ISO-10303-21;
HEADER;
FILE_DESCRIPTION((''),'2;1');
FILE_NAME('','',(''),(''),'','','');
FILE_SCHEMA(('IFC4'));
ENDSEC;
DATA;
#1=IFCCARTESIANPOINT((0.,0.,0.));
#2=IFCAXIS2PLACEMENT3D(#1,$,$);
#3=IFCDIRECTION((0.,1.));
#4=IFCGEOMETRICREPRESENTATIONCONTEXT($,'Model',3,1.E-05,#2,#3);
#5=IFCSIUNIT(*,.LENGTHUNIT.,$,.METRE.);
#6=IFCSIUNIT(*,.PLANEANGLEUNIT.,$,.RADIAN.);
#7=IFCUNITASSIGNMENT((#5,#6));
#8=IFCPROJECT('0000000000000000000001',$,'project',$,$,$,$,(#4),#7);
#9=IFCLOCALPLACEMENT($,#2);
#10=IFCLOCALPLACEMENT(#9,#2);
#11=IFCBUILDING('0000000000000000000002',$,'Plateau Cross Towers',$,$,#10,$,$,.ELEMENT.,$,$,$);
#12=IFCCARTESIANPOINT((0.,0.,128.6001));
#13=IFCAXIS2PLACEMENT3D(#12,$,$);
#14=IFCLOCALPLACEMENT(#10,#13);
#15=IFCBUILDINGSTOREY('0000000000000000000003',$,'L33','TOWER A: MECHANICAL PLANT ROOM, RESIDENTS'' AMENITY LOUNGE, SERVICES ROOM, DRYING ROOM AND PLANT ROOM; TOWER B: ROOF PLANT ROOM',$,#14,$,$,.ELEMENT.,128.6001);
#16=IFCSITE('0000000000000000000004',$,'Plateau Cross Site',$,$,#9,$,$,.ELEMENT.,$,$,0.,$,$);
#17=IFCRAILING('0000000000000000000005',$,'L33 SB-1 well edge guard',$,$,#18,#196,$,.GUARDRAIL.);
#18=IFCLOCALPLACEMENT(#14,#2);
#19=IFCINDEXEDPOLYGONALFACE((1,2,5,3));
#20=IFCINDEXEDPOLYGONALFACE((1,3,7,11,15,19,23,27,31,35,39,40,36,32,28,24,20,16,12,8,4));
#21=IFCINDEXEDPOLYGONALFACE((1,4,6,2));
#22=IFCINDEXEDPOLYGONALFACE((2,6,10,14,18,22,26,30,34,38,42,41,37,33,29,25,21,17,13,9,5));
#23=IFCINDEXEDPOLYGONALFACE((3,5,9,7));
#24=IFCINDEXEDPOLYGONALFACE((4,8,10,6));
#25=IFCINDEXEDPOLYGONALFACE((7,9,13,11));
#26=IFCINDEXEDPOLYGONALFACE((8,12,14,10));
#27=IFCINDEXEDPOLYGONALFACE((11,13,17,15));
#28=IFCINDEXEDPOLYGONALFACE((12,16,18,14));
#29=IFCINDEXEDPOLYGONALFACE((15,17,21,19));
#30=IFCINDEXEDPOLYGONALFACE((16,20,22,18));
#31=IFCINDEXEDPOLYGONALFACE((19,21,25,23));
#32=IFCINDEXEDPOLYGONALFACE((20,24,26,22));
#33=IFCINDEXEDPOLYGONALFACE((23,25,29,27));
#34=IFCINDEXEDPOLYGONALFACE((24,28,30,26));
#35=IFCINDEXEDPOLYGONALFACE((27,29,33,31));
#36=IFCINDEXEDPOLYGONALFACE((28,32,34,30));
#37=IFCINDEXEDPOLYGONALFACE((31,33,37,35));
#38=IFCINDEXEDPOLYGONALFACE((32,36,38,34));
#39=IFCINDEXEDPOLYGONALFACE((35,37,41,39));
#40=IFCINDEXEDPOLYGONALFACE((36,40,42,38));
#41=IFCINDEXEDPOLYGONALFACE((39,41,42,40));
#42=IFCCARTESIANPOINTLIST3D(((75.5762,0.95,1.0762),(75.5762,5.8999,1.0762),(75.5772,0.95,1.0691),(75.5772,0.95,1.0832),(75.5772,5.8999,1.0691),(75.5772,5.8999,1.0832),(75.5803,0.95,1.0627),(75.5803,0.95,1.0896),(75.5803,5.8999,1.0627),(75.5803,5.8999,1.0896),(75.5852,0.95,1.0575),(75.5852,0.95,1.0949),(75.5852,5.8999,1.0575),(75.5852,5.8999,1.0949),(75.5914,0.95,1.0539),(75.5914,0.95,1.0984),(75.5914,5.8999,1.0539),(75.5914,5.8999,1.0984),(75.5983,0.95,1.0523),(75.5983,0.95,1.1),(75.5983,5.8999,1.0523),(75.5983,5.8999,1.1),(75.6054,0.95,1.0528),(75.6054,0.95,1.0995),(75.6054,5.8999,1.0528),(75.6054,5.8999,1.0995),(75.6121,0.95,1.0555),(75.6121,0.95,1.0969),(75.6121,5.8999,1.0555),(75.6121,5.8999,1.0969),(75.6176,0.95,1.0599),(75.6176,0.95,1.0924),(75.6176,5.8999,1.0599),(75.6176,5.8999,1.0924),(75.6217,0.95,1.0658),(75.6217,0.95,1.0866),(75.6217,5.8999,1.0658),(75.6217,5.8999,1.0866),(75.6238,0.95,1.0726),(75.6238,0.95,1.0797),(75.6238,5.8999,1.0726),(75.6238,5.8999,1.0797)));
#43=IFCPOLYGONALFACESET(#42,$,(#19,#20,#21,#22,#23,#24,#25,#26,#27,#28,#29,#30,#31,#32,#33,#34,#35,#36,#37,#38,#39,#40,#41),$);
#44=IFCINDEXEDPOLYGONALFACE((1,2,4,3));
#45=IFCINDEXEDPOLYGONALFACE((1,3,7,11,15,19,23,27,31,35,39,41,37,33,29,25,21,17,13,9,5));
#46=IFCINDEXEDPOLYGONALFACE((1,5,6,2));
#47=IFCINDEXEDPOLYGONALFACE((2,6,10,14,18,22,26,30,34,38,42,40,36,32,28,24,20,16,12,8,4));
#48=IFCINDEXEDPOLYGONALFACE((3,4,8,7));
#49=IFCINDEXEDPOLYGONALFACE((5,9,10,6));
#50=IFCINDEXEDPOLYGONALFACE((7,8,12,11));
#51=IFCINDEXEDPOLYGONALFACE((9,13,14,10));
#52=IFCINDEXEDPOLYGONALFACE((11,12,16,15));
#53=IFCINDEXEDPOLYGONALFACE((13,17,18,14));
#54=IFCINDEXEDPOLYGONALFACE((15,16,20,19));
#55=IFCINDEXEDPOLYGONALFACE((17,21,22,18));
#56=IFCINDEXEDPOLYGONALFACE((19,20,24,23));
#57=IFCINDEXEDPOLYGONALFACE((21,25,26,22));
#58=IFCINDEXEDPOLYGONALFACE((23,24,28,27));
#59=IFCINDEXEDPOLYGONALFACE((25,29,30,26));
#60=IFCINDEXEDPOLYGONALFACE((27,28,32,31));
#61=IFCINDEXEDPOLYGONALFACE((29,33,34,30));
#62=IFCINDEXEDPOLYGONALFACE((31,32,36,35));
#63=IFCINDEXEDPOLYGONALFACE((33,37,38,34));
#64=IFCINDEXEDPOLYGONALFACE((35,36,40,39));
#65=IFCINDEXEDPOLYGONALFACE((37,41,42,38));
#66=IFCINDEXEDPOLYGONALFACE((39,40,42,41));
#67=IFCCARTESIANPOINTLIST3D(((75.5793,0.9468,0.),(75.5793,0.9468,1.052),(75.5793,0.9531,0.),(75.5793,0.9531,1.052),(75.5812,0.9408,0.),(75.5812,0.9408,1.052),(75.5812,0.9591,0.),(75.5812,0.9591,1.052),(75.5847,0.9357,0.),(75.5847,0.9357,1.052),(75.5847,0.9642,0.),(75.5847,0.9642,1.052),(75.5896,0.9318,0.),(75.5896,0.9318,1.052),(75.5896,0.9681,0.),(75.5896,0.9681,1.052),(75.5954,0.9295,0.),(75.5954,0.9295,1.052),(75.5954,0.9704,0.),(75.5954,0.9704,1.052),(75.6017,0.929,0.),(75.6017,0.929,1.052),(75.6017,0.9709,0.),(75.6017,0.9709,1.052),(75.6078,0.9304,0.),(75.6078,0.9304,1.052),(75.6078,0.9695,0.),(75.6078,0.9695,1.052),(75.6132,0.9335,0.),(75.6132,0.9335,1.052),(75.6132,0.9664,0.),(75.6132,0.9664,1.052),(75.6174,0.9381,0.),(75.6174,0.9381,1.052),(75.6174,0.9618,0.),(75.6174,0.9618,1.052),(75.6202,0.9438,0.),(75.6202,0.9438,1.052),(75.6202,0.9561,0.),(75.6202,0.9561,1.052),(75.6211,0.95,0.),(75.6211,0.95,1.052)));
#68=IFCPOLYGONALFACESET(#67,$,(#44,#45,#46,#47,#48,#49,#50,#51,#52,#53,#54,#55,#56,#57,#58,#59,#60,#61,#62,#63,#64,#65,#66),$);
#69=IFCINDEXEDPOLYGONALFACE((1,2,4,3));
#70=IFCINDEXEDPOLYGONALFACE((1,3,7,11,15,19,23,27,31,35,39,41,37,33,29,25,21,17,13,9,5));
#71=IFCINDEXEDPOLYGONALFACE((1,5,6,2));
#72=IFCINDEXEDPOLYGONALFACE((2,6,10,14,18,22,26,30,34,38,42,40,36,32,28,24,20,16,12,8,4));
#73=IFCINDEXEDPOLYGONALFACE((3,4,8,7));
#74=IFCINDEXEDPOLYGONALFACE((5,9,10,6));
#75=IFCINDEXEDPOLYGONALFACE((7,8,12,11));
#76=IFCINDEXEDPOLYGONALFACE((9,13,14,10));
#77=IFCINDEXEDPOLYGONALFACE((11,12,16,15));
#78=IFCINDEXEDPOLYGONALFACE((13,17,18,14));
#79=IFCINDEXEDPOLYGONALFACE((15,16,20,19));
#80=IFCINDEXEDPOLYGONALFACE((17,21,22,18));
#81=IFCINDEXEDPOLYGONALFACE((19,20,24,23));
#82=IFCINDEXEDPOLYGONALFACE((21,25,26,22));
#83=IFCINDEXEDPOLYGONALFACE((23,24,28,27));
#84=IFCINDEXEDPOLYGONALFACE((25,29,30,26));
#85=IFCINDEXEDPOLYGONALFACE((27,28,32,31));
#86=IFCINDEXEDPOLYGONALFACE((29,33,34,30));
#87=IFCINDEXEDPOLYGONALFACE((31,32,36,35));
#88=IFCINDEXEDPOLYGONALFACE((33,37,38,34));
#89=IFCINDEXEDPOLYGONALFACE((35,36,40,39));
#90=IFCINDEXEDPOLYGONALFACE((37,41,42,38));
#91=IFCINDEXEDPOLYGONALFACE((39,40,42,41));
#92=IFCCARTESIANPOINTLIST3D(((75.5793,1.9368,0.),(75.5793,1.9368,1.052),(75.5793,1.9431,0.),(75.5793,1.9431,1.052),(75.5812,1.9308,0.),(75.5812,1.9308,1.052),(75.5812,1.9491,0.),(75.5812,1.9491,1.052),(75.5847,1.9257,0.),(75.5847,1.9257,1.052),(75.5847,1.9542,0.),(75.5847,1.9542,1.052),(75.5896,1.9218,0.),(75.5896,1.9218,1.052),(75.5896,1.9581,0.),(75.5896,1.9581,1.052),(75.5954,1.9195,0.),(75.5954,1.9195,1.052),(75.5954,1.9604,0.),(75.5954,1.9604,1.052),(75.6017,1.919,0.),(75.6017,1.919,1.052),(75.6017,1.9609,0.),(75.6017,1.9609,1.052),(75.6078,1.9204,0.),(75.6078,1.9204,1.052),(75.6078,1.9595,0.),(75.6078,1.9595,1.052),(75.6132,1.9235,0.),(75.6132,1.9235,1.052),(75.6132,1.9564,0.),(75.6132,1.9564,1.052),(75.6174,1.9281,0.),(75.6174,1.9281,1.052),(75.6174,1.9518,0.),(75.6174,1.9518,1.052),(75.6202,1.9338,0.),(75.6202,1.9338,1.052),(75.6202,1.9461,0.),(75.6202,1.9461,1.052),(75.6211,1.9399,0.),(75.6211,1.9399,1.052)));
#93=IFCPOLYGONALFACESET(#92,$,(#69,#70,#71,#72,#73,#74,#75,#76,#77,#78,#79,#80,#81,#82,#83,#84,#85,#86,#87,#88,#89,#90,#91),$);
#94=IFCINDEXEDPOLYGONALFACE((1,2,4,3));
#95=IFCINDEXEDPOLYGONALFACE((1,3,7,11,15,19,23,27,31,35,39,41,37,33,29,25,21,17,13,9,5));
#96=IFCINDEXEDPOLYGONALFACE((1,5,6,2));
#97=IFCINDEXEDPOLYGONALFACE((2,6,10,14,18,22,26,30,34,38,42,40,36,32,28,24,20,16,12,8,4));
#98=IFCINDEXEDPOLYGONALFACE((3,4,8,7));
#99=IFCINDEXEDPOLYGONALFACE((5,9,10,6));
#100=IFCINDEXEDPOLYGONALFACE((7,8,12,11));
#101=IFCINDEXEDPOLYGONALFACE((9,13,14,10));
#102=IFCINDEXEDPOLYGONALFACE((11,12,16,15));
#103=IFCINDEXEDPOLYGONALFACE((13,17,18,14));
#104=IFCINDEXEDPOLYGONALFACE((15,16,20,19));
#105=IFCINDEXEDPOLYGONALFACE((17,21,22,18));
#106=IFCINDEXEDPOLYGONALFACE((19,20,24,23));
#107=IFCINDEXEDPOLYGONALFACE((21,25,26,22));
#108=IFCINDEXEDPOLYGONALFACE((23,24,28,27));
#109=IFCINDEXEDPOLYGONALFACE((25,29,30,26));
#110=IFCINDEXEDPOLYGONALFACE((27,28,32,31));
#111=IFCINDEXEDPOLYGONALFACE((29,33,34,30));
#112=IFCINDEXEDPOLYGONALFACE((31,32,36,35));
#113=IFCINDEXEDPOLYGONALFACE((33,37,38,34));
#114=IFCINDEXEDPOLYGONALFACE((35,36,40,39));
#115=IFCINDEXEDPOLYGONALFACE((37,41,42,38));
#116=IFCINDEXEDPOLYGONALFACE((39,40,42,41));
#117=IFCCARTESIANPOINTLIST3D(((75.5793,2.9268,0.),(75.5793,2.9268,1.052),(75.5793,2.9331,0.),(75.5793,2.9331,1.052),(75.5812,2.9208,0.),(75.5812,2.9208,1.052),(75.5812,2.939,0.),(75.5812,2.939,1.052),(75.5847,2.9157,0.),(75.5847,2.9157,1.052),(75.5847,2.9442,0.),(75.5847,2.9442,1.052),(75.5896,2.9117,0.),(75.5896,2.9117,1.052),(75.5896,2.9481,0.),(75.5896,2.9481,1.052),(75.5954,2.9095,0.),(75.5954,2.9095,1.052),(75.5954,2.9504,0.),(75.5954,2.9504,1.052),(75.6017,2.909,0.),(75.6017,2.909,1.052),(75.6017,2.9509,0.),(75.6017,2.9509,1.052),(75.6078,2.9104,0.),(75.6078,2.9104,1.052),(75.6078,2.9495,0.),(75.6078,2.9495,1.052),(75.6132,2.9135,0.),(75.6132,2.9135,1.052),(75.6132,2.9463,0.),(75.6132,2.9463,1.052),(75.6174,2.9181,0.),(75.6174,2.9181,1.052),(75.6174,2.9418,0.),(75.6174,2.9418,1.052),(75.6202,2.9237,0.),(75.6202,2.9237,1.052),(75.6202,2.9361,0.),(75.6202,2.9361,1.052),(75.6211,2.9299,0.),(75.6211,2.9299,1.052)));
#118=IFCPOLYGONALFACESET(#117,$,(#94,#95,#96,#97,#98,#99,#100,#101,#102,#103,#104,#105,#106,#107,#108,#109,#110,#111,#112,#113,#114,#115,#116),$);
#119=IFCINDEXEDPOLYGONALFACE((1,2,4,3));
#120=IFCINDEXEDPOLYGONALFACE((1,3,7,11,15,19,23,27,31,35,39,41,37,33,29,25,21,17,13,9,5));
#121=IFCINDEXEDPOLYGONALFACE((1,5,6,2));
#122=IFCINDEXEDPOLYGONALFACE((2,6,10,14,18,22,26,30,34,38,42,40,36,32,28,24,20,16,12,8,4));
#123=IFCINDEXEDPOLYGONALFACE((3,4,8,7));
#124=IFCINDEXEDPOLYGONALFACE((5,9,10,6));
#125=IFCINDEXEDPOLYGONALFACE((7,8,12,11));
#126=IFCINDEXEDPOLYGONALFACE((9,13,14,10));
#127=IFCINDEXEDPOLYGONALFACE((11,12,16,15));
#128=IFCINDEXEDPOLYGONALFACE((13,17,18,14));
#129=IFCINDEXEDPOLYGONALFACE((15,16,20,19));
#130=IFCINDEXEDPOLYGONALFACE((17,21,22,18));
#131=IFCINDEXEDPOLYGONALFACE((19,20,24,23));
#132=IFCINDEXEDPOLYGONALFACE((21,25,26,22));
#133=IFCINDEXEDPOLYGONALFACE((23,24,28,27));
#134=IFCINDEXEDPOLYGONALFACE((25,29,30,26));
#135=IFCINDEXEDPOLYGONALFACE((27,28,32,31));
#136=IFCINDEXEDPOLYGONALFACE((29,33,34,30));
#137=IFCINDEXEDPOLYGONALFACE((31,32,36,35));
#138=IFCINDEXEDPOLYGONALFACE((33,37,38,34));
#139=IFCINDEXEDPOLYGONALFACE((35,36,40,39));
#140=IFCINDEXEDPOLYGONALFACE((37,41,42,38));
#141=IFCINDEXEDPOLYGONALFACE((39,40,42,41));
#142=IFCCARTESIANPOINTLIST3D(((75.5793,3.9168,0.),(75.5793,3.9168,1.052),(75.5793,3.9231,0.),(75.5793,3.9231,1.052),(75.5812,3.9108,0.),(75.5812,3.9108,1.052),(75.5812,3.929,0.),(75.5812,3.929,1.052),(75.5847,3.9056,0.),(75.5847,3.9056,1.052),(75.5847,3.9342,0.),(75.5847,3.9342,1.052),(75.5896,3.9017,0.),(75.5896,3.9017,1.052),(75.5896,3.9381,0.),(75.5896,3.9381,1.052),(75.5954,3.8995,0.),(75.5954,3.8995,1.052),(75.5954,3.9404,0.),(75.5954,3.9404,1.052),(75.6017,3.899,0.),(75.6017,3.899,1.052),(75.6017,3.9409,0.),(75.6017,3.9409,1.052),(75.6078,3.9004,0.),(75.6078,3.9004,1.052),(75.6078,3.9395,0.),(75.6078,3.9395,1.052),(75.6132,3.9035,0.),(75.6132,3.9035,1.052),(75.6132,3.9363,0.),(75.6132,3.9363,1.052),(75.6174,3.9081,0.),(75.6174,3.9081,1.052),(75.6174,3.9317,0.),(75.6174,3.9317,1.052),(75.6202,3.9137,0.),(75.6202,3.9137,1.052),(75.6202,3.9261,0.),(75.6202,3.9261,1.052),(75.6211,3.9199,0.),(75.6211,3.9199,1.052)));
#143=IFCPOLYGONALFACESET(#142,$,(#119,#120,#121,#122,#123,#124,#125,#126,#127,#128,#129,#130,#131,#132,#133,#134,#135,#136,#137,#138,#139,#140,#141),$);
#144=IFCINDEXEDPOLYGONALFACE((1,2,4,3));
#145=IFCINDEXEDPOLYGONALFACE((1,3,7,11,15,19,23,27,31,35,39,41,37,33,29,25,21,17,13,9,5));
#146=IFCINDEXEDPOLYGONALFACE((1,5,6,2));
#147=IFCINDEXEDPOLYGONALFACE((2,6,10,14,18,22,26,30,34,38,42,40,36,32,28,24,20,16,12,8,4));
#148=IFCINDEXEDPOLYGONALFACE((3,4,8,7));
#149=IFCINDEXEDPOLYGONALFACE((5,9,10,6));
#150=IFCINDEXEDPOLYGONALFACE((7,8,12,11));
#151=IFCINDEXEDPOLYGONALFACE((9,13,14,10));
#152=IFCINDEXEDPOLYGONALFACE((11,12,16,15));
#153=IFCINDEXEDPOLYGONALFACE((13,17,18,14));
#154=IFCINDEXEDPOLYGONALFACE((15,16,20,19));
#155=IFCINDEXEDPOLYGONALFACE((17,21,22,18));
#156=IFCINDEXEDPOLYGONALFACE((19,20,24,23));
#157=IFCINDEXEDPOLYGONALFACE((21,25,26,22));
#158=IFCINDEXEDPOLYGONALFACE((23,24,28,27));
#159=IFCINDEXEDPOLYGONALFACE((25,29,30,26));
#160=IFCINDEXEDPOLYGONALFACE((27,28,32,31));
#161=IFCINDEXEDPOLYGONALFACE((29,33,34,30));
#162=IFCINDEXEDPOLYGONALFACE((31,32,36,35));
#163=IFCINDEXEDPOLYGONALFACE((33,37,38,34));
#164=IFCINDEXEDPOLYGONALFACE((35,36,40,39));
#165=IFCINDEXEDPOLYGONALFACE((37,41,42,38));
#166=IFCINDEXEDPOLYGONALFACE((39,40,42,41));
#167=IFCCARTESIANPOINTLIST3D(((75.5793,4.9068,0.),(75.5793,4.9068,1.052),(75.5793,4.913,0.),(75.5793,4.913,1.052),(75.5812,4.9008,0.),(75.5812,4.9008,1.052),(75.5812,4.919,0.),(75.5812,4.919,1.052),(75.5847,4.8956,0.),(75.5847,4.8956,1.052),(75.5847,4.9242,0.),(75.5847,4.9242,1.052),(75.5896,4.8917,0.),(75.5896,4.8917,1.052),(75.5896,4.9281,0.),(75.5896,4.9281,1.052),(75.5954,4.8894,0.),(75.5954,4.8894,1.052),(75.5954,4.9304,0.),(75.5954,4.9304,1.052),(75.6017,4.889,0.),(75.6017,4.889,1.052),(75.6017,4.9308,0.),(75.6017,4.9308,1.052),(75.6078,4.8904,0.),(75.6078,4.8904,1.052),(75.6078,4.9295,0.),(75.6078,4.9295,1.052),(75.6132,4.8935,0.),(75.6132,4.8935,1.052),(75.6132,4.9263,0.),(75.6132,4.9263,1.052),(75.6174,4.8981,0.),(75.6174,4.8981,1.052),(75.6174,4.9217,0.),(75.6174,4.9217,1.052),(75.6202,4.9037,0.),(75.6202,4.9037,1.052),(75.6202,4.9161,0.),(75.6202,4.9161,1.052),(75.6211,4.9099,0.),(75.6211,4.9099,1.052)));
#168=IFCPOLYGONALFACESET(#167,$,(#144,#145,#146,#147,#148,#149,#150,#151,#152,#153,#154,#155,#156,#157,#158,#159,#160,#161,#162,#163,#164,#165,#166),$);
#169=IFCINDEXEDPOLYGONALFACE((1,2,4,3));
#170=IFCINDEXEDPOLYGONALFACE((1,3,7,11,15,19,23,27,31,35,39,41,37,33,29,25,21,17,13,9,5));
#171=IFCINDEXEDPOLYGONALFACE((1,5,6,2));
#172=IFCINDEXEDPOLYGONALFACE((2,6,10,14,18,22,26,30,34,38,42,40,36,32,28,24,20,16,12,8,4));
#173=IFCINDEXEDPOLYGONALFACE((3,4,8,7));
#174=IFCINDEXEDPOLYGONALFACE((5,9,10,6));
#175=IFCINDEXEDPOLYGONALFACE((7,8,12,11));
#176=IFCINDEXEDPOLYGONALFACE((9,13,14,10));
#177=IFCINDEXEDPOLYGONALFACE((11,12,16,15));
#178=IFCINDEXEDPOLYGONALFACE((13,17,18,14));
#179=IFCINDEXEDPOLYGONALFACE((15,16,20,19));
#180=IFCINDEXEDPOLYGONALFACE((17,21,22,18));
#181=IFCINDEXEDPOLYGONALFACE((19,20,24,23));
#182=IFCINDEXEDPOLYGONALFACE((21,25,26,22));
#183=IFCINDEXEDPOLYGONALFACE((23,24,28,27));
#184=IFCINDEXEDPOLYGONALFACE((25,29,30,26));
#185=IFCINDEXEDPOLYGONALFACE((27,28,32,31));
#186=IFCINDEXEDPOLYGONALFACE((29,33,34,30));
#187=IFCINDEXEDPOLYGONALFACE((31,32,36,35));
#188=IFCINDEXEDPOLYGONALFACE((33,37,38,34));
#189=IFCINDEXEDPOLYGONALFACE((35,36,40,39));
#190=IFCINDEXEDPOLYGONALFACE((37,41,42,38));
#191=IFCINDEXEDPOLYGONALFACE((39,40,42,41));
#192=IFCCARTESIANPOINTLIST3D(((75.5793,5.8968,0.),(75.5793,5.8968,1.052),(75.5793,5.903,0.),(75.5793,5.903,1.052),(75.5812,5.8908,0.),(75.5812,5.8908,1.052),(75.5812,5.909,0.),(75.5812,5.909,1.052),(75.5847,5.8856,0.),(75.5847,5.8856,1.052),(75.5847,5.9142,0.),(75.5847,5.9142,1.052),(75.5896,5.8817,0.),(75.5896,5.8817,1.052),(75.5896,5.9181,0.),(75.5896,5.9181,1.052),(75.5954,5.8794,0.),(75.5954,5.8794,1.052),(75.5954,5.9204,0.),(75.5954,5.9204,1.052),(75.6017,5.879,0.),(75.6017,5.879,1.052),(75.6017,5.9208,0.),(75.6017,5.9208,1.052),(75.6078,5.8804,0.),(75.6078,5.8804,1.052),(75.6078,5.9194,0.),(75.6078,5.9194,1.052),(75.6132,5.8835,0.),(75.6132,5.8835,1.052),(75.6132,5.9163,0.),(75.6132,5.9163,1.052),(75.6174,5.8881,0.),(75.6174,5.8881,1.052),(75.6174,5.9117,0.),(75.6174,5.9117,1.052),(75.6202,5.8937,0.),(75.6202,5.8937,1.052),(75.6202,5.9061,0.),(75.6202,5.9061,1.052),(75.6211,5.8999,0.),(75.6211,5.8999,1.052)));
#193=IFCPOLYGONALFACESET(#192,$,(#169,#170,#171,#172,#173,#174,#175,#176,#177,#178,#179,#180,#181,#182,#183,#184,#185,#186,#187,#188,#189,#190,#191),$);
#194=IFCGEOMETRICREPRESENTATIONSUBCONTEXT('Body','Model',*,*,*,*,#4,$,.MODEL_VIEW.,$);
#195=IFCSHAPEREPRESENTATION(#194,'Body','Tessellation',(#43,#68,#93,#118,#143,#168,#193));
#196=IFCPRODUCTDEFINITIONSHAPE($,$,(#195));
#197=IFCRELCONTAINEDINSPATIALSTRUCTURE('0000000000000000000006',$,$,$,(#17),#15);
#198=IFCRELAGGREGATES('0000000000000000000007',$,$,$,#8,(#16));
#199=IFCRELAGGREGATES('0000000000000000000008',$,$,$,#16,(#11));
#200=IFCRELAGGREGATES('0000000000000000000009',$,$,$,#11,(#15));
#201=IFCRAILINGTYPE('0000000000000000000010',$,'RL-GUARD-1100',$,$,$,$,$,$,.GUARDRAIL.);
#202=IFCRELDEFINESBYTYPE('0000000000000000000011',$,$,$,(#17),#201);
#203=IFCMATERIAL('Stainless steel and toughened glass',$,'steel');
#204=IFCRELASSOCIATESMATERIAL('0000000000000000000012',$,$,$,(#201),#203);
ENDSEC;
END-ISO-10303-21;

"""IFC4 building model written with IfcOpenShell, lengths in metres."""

from ifc_helpers import new_model, si_unit, direction, frame, origin, origin_2d, place, context, subcontext, project, spatial, circle, extrude, material, type_object, element, save


model = new_model("IFC4")

# Units and contexts
model_context = context("Model", 3, precision=1e-05, world=origin(), true_north=direction((0.0, 1.0)))
body_context = subcontext(model_context, "Body", "Model", "MODEL_VIEW")
ifc_project = project(units=[si_unit("LENGTHUNIT", "METRE"), si_unit("PLANEANGLEUNIT", "RADIAN")], contexts=[model_context])

# Site, building, storey
site_placement = place(None, origin())
site = spatial("IfcSite", under=ifc_project, at=site_placement, Name="Plateau Cross Site", CompositionType="ELEMENT", RefElevation=0.0)
building_placement = place(site_placement, origin())
building = spatial("IfcBuilding", under=site, at=building_placement, Name="Plateau Cross Towers", CompositionType="ELEMENT")
storey_placement = place(building_placement, frame((0.0, 0.0, 128.6001)))
storey = spatial("IfcBuildingStorey", under=building, at=storey_placement, Name="L33", Description="TOWER A: MECHANICAL PLANT ROOM, RESIDENTS' AMENITY LOUNGE, SERVICES ROOM, DRYING ROOM AND PLANT ROOM; TOWER B: ROOF PLANT ROOM", CompositionType="ELEMENT", Elevation=128.6001)

# Railing
ifc_material_1 = material(Name="Stainless steel and toughened glass", Category="steel")
railing_type = type_object("IfcRailingType", Name="RL-GUARD-1100", PredefinedType="GUARDRAIL", material=ifc_material_1)
railing_1_placement = place(storey_placement, frame((75.6001, 0.95, 0.0)))
element("IfcRailing", 1, at=railing_1_placement, inside=storey, type_object=railing_type, Name="L33 SB-1 well edge guard", PredefinedType="GUARDRAIL", context=body_context, shape_type="SweptSolid", body=[
    extrude(circle(Radius=0.0239, at=origin_2d()), frame((0.0, 0.0, 1.0762), z_axis=(0.0, 1.0, 0.0), x_axis=(-1.0, 0.0, 0.0)), (0.0, 0.0, 1.0), 4.95),
    extrude(circle(Radius=0.021, at=origin_2d()), origin(), (0.0, 0.0, 1.0), 1.052),
    extrude(circle(Radius=0.021, at=origin_2d()), frame((0.0, 0.99, 0.0)), (0.0, 0.0, 1.0), 1.052),
    extrude(circle(Radius=0.021, at=origin_2d()), frame((0.0, 1.98, 0.0)), (0.0, 0.0, 1.0), 1.052),
    extrude(circle(Radius=0.021, at=origin_2d()), frame((0.0, 2.97, 0.0)), (0.0, 0.0, 1.0), 1.052),
    extrude(circle(Radius=0.021, at=origin_2d()), frame((0.0, 3.96, 0.0)), (0.0, 0.0, 1.0), 1.052),
    extrude(circle(Radius=0.021, at=origin_2d()), frame((0.0, 4.95, 0.0)), (0.0, 0.0, 1.0), 1.052),
])

save(model, "model.ifc")
